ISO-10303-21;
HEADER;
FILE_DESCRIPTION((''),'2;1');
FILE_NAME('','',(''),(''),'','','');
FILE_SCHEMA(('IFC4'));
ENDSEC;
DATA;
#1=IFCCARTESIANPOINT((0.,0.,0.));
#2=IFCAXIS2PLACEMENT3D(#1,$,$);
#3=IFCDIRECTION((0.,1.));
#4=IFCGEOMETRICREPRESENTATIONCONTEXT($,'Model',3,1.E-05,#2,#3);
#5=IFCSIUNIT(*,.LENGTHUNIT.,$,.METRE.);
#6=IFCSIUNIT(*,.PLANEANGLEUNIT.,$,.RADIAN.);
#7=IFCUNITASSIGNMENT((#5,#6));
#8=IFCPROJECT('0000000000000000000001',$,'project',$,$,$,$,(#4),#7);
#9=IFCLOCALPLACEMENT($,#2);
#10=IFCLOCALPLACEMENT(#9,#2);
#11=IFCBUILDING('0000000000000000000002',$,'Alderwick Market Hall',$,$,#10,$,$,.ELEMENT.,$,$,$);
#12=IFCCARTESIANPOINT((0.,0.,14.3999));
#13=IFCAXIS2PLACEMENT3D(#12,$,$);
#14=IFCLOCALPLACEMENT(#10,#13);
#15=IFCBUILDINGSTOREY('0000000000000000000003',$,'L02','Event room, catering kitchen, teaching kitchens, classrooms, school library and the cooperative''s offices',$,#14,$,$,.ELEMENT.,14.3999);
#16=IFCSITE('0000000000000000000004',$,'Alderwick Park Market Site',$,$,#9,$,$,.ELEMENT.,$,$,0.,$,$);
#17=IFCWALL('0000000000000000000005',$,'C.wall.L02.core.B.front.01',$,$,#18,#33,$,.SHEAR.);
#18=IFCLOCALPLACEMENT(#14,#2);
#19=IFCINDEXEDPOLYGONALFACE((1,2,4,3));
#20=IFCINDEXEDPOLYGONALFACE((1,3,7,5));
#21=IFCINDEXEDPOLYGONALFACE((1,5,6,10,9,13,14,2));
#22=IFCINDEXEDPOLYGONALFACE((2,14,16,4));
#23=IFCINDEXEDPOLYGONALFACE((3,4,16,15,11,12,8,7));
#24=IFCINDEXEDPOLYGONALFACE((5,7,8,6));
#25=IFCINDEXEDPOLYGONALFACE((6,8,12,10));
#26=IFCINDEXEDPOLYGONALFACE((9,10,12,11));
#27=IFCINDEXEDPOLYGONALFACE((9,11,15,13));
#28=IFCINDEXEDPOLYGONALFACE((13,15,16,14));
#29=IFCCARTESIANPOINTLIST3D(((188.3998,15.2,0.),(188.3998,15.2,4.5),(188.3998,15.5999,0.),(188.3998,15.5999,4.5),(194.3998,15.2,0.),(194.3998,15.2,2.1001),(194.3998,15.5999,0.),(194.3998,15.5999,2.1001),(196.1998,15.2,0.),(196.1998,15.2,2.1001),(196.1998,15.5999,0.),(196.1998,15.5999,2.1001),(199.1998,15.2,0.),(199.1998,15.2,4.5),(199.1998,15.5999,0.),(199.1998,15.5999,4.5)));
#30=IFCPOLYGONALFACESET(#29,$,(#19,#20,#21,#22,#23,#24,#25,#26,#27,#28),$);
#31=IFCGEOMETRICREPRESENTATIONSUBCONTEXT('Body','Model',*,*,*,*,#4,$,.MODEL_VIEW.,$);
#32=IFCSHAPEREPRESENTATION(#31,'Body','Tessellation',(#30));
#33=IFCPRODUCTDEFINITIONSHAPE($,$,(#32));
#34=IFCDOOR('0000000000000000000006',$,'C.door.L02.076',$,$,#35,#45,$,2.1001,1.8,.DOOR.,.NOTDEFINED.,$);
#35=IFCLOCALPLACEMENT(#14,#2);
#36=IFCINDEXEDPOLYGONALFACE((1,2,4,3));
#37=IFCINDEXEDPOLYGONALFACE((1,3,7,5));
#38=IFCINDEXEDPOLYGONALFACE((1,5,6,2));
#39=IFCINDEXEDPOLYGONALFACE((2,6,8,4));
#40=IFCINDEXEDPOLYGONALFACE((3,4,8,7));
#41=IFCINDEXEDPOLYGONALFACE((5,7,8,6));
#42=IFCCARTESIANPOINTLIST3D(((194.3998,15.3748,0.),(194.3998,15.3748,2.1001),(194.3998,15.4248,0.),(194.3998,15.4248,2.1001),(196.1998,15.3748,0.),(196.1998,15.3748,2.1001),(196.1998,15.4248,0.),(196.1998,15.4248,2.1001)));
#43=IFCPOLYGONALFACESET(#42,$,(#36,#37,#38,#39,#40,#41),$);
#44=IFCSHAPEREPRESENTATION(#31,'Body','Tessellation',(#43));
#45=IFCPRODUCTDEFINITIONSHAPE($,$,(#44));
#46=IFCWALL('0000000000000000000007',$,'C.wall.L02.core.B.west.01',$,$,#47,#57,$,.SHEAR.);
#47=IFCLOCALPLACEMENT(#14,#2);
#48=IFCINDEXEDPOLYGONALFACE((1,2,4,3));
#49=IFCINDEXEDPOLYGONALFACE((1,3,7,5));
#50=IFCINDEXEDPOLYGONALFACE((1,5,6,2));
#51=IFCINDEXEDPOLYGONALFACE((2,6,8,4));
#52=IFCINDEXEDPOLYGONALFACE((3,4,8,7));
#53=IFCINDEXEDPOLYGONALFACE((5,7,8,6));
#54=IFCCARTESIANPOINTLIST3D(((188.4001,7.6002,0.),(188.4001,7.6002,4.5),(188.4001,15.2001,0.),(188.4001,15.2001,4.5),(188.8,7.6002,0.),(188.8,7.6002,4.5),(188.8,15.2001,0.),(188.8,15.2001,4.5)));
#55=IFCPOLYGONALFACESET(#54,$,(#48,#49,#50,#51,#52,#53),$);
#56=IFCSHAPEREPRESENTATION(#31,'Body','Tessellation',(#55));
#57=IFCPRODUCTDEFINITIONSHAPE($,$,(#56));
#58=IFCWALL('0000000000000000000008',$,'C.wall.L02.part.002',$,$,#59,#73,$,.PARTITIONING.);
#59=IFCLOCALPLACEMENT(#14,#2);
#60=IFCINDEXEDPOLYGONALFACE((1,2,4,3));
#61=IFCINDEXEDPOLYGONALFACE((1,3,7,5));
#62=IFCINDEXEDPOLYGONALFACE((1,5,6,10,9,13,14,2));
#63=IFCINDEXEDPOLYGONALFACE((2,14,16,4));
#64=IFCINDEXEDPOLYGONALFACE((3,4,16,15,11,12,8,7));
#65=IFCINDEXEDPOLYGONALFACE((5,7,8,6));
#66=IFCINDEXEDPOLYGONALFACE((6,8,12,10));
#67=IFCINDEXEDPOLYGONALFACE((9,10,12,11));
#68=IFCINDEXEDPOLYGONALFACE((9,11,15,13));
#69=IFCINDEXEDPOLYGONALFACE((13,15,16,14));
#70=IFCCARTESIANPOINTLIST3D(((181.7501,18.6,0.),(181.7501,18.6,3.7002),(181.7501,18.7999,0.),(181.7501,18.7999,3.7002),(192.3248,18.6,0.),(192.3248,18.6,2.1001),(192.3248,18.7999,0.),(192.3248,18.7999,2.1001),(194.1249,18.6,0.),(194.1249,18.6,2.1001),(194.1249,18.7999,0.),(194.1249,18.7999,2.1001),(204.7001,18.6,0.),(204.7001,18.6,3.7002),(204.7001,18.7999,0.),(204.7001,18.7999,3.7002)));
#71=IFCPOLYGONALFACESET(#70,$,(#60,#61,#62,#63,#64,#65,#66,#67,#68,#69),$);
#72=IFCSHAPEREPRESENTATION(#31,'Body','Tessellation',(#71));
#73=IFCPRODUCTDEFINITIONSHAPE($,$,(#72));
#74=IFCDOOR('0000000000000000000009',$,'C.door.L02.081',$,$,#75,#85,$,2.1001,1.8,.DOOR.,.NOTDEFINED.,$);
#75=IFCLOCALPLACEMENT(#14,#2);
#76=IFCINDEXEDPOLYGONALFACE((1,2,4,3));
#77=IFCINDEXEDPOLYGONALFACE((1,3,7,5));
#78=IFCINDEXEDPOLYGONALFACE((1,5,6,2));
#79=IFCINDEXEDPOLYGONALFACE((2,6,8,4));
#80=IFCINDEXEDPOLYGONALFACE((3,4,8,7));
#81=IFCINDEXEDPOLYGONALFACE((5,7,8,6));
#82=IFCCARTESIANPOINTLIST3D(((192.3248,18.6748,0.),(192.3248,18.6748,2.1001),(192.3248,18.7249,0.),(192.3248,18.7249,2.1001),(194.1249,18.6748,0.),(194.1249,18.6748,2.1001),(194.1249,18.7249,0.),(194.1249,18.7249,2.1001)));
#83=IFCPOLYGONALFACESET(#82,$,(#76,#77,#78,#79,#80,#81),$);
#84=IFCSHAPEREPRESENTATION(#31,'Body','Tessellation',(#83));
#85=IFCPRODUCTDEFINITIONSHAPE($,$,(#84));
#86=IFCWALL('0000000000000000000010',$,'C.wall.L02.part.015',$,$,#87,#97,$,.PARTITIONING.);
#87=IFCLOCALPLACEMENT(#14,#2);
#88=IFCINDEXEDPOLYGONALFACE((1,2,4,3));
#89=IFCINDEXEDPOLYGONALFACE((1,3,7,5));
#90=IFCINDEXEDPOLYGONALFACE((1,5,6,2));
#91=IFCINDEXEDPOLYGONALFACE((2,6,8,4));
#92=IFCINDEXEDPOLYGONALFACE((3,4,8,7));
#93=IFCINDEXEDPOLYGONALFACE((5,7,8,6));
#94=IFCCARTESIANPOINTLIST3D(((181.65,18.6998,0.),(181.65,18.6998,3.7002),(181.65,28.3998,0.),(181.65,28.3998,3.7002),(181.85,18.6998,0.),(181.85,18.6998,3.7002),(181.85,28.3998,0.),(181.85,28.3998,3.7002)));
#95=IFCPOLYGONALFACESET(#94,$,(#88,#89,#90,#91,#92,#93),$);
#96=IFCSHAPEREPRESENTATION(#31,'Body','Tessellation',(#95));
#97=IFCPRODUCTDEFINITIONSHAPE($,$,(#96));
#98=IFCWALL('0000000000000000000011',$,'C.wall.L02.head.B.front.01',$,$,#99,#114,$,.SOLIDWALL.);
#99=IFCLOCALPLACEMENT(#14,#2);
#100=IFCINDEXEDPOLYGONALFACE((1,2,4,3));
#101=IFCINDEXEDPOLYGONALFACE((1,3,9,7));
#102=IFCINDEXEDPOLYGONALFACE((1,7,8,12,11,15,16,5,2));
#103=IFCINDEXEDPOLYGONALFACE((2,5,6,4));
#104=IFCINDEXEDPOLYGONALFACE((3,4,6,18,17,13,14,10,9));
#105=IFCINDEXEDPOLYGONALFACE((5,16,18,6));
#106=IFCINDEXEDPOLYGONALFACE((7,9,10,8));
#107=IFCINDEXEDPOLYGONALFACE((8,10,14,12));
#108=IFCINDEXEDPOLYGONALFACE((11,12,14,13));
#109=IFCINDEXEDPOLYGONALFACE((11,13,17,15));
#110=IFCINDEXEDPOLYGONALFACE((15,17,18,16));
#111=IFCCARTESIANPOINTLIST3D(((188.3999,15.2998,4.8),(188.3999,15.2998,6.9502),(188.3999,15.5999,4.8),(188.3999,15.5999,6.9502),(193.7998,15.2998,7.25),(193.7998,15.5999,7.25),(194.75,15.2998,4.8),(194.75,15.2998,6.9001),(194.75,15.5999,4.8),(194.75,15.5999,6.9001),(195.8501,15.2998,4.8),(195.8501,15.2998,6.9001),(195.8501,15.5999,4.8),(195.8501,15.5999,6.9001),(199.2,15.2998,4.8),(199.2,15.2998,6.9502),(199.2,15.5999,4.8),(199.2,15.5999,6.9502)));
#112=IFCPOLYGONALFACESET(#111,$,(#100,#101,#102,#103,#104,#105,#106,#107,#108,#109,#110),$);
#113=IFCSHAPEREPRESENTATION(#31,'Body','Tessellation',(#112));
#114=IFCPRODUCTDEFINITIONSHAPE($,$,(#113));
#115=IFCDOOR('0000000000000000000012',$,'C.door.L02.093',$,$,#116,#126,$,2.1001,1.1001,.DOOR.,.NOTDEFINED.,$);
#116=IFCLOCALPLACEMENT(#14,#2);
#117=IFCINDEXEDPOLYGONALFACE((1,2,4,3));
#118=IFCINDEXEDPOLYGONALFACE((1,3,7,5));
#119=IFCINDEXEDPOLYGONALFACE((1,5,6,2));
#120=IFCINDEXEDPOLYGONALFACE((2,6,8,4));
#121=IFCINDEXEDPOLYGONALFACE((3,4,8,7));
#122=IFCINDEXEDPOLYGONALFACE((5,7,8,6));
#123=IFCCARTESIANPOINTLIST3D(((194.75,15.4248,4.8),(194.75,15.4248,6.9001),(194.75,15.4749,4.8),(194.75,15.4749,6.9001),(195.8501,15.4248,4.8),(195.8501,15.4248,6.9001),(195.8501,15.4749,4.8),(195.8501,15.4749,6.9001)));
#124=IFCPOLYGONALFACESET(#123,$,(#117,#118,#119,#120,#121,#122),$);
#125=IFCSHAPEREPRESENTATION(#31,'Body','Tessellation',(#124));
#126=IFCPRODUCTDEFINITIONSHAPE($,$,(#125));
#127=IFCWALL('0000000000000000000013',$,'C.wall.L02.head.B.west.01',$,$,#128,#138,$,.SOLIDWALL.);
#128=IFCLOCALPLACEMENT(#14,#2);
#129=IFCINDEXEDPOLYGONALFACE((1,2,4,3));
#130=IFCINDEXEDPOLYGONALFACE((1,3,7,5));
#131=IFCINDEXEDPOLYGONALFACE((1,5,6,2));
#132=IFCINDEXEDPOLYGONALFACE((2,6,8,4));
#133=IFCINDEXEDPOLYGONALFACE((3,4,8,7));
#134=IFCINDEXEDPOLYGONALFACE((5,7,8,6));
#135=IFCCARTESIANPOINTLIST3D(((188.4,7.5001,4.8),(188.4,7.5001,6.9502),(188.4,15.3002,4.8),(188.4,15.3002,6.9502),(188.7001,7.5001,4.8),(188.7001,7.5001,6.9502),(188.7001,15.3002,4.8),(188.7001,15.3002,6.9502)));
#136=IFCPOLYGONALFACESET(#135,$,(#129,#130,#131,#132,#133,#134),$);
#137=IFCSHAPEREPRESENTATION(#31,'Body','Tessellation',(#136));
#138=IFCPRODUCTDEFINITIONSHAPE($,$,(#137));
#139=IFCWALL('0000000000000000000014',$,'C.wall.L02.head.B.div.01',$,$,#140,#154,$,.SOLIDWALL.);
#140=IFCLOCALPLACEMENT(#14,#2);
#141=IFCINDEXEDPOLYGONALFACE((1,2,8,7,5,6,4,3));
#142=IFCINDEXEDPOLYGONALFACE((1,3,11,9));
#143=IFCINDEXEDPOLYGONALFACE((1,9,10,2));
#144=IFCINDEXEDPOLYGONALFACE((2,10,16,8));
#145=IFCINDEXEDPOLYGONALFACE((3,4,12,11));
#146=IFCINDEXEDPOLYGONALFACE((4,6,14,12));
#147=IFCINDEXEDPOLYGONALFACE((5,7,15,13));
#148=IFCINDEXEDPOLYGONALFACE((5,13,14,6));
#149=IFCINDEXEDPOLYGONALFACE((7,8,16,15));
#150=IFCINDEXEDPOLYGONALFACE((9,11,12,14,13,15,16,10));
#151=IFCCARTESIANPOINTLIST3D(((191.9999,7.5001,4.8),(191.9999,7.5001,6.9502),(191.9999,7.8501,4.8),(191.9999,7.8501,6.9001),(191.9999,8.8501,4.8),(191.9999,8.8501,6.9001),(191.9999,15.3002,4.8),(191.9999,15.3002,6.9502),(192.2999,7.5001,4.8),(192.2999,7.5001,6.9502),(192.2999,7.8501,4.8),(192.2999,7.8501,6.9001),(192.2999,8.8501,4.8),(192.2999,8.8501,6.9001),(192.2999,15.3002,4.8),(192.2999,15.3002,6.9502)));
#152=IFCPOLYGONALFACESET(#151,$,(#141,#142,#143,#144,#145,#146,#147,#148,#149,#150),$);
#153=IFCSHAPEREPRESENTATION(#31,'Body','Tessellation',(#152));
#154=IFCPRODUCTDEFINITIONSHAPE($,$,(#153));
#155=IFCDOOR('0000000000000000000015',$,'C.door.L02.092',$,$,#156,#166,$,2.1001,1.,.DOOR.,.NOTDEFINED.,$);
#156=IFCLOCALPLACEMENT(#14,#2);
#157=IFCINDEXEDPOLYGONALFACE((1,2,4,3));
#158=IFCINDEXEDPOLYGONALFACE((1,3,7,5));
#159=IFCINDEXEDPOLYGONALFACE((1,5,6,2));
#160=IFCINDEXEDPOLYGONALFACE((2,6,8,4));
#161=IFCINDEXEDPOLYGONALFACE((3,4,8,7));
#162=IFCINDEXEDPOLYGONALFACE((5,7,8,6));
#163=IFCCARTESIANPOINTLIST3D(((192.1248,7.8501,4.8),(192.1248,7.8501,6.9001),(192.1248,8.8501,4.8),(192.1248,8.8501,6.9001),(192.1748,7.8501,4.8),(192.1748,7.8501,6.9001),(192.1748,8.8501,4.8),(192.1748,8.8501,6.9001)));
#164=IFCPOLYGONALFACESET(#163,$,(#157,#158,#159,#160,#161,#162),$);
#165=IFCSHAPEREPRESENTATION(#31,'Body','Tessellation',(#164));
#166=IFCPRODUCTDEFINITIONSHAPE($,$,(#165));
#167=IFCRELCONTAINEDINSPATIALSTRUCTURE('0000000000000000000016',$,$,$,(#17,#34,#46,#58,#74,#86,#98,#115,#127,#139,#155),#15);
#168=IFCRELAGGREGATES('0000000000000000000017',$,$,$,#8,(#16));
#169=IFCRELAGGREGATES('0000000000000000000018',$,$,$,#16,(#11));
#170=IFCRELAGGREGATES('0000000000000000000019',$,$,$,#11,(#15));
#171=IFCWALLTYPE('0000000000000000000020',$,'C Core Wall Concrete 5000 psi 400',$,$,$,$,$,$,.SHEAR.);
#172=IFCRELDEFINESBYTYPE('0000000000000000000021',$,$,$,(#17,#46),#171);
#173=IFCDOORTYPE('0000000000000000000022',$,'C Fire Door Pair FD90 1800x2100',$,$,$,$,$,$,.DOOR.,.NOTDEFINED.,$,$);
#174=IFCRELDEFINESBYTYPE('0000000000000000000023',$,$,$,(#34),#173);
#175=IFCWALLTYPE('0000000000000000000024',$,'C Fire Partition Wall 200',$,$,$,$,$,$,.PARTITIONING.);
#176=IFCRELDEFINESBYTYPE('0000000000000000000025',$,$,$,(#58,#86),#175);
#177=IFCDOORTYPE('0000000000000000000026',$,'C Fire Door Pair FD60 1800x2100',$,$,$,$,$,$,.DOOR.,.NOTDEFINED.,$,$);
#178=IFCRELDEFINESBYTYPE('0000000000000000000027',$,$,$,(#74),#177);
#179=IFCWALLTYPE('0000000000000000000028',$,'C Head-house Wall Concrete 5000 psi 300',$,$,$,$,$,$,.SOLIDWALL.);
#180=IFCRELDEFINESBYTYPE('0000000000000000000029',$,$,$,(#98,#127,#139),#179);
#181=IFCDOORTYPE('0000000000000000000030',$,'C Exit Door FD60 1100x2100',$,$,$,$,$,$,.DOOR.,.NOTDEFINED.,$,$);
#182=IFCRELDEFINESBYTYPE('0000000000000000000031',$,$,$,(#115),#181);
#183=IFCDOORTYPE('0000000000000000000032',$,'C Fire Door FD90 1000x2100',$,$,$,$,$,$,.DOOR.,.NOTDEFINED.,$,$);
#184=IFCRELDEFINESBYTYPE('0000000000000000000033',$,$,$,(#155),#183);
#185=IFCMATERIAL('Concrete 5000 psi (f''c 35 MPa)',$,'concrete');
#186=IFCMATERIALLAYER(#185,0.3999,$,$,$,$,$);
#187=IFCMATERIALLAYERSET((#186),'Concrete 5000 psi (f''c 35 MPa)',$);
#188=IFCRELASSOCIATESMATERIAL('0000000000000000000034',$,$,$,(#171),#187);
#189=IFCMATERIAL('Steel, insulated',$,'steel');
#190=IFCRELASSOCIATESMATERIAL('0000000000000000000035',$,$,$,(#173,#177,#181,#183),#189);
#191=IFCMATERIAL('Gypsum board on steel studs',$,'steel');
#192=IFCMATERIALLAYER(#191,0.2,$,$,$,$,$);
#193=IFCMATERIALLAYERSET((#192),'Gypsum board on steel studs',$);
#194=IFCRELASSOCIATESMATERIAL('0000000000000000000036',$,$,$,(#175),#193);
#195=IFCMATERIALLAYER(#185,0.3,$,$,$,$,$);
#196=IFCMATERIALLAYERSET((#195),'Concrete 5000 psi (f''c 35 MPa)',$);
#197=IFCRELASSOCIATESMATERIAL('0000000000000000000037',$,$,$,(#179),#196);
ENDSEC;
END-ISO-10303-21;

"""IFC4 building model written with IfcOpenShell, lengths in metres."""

from ifc_helpers import new_model, si_unit, direction, frame, frame_2d, origin, place, context, subcontext, project, spatial, polyline, rectangle, outline, extrude, material, layer, layer_set, type_object, element, fill, save


model = new_model("IFC4")

# Units and contexts
model_context = context("Model", 3, precision=1e-05, world=origin(), true_north=direction((0.0, 1.0)))
body_context = subcontext(model_context, "Body", "Model", "MODEL_VIEW")
ifc_project = project(units=[si_unit("LENGTHUNIT", "METRE"), si_unit("PLANEANGLEUNIT", "RADIAN")], contexts=[model_context])

# Site, building, storey
site_placement = place(None, origin())
site = spatial("IfcSite", under=ifc_project, at=site_placement, Name="Alderwick Park Market Site", CompositionType="ELEMENT", RefElevation=0.0)
building_placement = place(site_placement, origin())
building = spatial("IfcBuilding", under=site, at=building_placement, Name="Alderwick Market Hall", CompositionType="ELEMENT")
storey_placement = place(building_placement, frame((0.0, 0.0, 14.3999)))
storey = spatial("IfcBuildingStorey", under=building, at=storey_placement, Name="L02", Description="Event room, catering kitchen, teaching kitchens, classrooms, school library and the cooperative's offices", CompositionType="ELEMENT", Elevation=14.3999)

# Shared definitions
ifc_material_1 = material(Name="Concrete 5000 psi (f'c 35 MPa)", Category="concrete")

# Wall, opening, door
ifc_layer_1 = layer(ifc_material_1, 0.3999)
ifc_layer_set_1 = layer_set([ifc_layer_1], Name="Concrete 5000 psi (f'c 35 MPa)")
wall_type_1 = type_object("IfcWallType", Name="C Core Wall Concrete 5000 psi 400", PredefinedType="SHEAR", material=ifc_layer_set_1)
wall_1_placement = place(storey_placement, frame((188.3999, 15.3999, 0.0), z_axis=(0.0, 0.0, 1.0), x_axis=(1.0, 0.0, 0.0)))
wall_1 = element("IfcWall", 1, at=wall_1_placement, inside=storey, type_object=wall_type_1, Name="C.wall.L02.core.B.front.01", PredefinedType="SHEAR", context=body_context, shape_type="SweptSolid", body=[
    extrude(rectangle(XDim=10.8, YDim=0.3999, at=frame_2d((5.3999, 0.0))), origin(), (0.0, 0.0, 1.0), 4.5),
])
opening_1_placement = place(wall_1_placement, frame((6.0, 0.0, 0.0)))
opening_1 = element("IfcOpeningElement", 2, at=opening_1_placement, cuts=wall_1, PredefinedType="OPENING", context=body_context, shape_type="SweptSolid", body=[
    extrude(rectangle(XDim=1.8, YDim=2.1001, at=frame_2d((0.8999, 1.05))), frame((0.0, 0.21, 0.0), z_axis=(0.0, -1.0, 0.0), x_axis=(1.0, 0.0, 0.0)), (0.0, 0.0, 1.0), 0.4199),
])
ifc_material_2 = material(Name="Steel, insulated", Category="steel")
door_type_1 = type_object("IfcDoorType", Name="C Fire Door Pair FD90 1800x2100", OperationType="NOTDEFINED", PredefinedType="DOOR", material=ifc_material_2)
door_1_placement = place(opening_1_placement, origin())
door_1 = element("IfcDoor", 3, at=door_1_placement, inside=storey, type_object=door_type_1, Name="C.door.L02.076", OperationType="NOTDEFINED", OverallHeight=2.1001, OverallWidth=1.8, PredefinedType="DOOR", context=body_context, shape_type="SweptSolid", body=[
    extrude(rectangle(XDim=1.8, YDim=2.1001, at=frame_2d((0.8999, 1.05))), frame((0.0, 0.0249, 0.0), z_axis=(0.0, -1.0, 0.0), x_axis=(1.0, 0.0, 0.0)), (0.0, 0.0, 1.0), 0.05),
])
fill(opening_1, door_1)

# Wall
wall_2_placement = place(storey_placement, frame((188.6001, 15.2, 0.0), z_axis=(0.0, 0.0, 1.0), x_axis=(0.0, -1.0, 0.0)))
element("IfcWall", 4, at=wall_2_placement, inside=storey, type_object=wall_type_1, Name="C.wall.L02.core.B.west.01", PredefinedType="SHEAR", context=body_context, shape_type="SweptSolid", body=[
    extrude(rectangle(XDim=7.5999, YDim=0.3999, at=frame_2d((3.7998, 0.0))), origin(), (0.0, 0.0, 1.0), 4.5),
])

# Wall, opening, door
ifc_material_3 = material(Name="Gypsum board on steel studs", Category="steel")
ifc_layer_2 = layer(ifc_material_3, 0.2)
ifc_layer_set_2 = layer_set([ifc_layer_2], Name="Gypsum board on steel studs")
wall_type_2 = type_object("IfcWallType", Name="C Fire Partition Wall 200", PredefinedType="PARTITIONING", material=ifc_layer_set_2)
wall_3_placement = place(storey_placement, frame((181.75, 18.7, 0.0), z_axis=(0.0, 0.0, 1.0), x_axis=(1.0, 0.0, 0.0)))
wall_3 = element("IfcWall", 5, at=wall_3_placement, inside=storey, type_object=wall_type_2, Name="C.wall.L02.part.002", PredefinedType="PARTITIONING", context=body_context, shape_type="SweptSolid", body=[
    extrude(rectangle(XDim=22.95, YDim=0.2, at=frame_2d((11.4751, 0.0))), origin(), (0.0, 0.0, 1.0), 3.7002),
])
opening_2_placement = place(wall_3_placement, frame((10.575, 0.0, 0.0)))
opening_2 = element("IfcOpeningElement", 6, at=opening_2_placement, cuts=wall_3, PredefinedType="OPENING", context=body_context, shape_type="SweptSolid", body=[
    extrude(rectangle(XDim=1.8, YDim=2.1001, at=frame_2d((0.8999, 1.05))), frame((0.0, 0.1099, 0.0), z_axis=(0.0, -1.0, 0.0), x_axis=(1.0, 0.0, 0.0)), (0.0, 0.0, 1.0), 0.22),
])
door_type_2 = type_object("IfcDoorType", Name="C Fire Door Pair FD60 1800x2100", OperationType="NOTDEFINED", PredefinedType="DOOR", material=ifc_material_2)
door_2_placement = place(opening_2_placement, origin())
door_2 = element("IfcDoor", 7, at=door_2_placement, inside=storey, type_object=door_type_2, Name="C.door.L02.081", OperationType="NOTDEFINED", OverallHeight=2.1001, OverallWidth=1.8, PredefinedType="DOOR", context=body_context, shape_type="SweptSolid", body=[
    extrude(rectangle(XDim=1.8, YDim=2.1001, at=frame_2d((0.8999, 1.05))), frame((0.0, 0.0249, 0.0), z_axis=(0.0, -1.0, 0.0), x_axis=(1.0, 0.0, 0.0)), (0.0, 0.0, 1.0), 0.05),
])
fill(opening_2, door_2)

# Wall
wall_4_placement = place(storey_placement, frame((181.75, 28.3999, 0.0), z_axis=(0.0, 0.0, 1.0), x_axis=(0.0, -1.0, 0.0)))
element("IfcWall", 8, at=wall_4_placement, inside=storey, type_object=wall_type_2, Name="C.wall.L02.part.015", PredefinedType="PARTITIONING", context=body_context, shape_type="SweptSolid", body=[
    extrude(rectangle(XDim=9.7, YDim=0.2, at=frame_2d((4.8501, 0.0))), origin(), (0.0, 0.0, 1.0), 3.7002),
])

# Wall, opening, door
ifc_layer_3 = layer(ifc_material_1, 0.3)
ifc_layer_set_3 = layer_set([ifc_layer_3], Name="Concrete 5000 psi (f'c 35 MPa)")
wall_type_3 = type_object("IfcWallType", Name="C Head-house Wall Concrete 5000 psi 300", PredefinedType="SOLIDWALL", material=ifc_layer_set_3)
wall_5_placement = place(storey_placement, frame((188.3999, 15.45, 4.8), z_axis=(0.0, 0.0, 1.0), x_axis=(1.0, 0.0, 0.0)))
wall_5 = element("IfcWall", 9, at=wall_5_placement, inside=storey, type_object=wall_type_3, Name="C.wall.L02.head.B.front.01", PredefinedType="SOLIDWALL", context=body_context, shape_type="SweptSolid", body=[
    extrude(outline(polyline([(0.0, 0.0), (10.8, 0.0), (10.8, 2.1501), (5.3999, 2.45), (0.0, 2.1501), (0.0, 0.0)])), frame((0.0, 0.1499, 0.0), z_axis=(0.0, -1.0, 0.0), x_axis=(1.0, 0.0, 0.0)), (0.0, 0.0, 1.0), 0.3),
])
opening_3_placement = place(wall_5_placement, frame((6.3501, 0.0, 0.0)))
opening_3 = element("IfcOpeningElement", 10, at=opening_3_placement, cuts=wall_5, PredefinedType="OPENING", context=body_context, shape_type="SweptSolid", body=[
    extrude(rectangle(XDim=1.1001, YDim=2.1001, at=frame_2d((0.55, 1.05))), frame((0.0, 0.1599, 0.0), z_axis=(0.0, -1.0, 0.0), x_axis=(1.0, 0.0, 0.0)), (0.0, 0.0, 1.0), 0.3201),
])
door_type_3 = type_object("IfcDoorType", Name="C Exit Door FD60 1100x2100", OperationType="NOTDEFINED", PredefinedType="DOOR", material=ifc_material_2)
door_3_placement = place(opening_3_placement, origin())
door_3 = element("IfcDoor", 11, at=door_3_placement, inside=storey, type_object=door_type_3, Name="C.door.L02.093", OperationType="NOTDEFINED", OverallHeight=2.1001, OverallWidth=1.1001, PredefinedType="DOOR", context=body_context, shape_type="SweptSolid", body=[
    extrude(rectangle(XDim=1.1001, YDim=2.1001, at=frame_2d((0.55, 1.05))), frame((0.0, 0.0249, 0.0), z_axis=(0.0, -1.0, 0.0), x_axis=(1.0, 0.0, 0.0)), (0.0, 0.0, 1.0), 0.05),
])
fill(opening_3, door_3)

# Wall
wall_6_placement = place(storey_placement, frame((188.55, 15.3, 4.8), z_axis=(0.0, 0.0, 1.0), x_axis=(0.0, -1.0, 0.0)))
element("IfcWall", 12, at=wall_6_placement, inside=storey, type_object=wall_type_3, Name="C.wall.L02.head.B.west.01", PredefinedType="SOLIDWALL", context=body_context, shape_type="SweptSolid", body=[
    extrude(rectangle(XDim=7.8, YDim=0.3, at=frame_2d((3.8999, 0.0))), origin(), (0.0, 0.0, 1.0), 2.1501),
])

# Wall, opening, door
wall_7_placement = place(storey_placement, frame((192.1499, 15.3, 4.8), z_axis=(0.0, 0.0, 1.0), x_axis=(0.0, -1.0, 0.0)))
wall_7 = element("IfcWall", 13, at=wall_7_placement, inside=storey, type_object=wall_type_3, Name="C.wall.L02.head.B.div.01", PredefinedType="SOLIDWALL", context=body_context, shape_type="SweptSolid", body=[
    extrude(rectangle(XDim=7.8, YDim=0.3, at=frame_2d((3.8999, 0.0))), origin(), (0.0, 0.0, 1.0), 2.1501),
])
opening_4_placement = place(wall_7_placement, frame((6.45, 0.0, 0.0)))
opening_4 = element("IfcOpeningElement", 14, at=opening_4_placement, cuts=wall_7, PredefinedType="OPENING", context=body_context, shape_type="SweptSolid", body=[
    extrude(rectangle(XDim=1.0, YDim=2.1001, at=frame_2d((0.5, 1.05))), frame((0.0, 0.1599, 0.0), z_axis=(0.0, -1.0, 0.0), x_axis=(1.0, 0.0, 0.0)), (0.0, 0.0, 1.0), 0.3201),
])
door_type_4 = type_object("IfcDoorType", Name="C Fire Door FD90 1000x2100", OperationType="NOTDEFINED", PredefinedType="DOOR", material=ifc_material_2)
door_4_placement = place(opening_4_placement, origin())
door_4 = element("IfcDoor", 15, at=door_4_placement, inside=storey, type_object=door_type_4, Name="C.door.L02.092", OperationType="NOTDEFINED", OverallHeight=2.1001, OverallWidth=1.0, PredefinedType="DOOR", context=body_context, shape_type="SweptSolid", body=[
    extrude(rectangle(XDim=1.0, YDim=2.1001, at=frame_2d((0.5, 1.05))), frame((0.0, 0.0249, 0.0), z_axis=(0.0, -1.0, 0.0), x_axis=(1.0, 0.0, 0.0)), (0.0, 0.0, 1.0), 0.05),
])
fill(opening_4, door_4)

save(model, "model.ifc")
